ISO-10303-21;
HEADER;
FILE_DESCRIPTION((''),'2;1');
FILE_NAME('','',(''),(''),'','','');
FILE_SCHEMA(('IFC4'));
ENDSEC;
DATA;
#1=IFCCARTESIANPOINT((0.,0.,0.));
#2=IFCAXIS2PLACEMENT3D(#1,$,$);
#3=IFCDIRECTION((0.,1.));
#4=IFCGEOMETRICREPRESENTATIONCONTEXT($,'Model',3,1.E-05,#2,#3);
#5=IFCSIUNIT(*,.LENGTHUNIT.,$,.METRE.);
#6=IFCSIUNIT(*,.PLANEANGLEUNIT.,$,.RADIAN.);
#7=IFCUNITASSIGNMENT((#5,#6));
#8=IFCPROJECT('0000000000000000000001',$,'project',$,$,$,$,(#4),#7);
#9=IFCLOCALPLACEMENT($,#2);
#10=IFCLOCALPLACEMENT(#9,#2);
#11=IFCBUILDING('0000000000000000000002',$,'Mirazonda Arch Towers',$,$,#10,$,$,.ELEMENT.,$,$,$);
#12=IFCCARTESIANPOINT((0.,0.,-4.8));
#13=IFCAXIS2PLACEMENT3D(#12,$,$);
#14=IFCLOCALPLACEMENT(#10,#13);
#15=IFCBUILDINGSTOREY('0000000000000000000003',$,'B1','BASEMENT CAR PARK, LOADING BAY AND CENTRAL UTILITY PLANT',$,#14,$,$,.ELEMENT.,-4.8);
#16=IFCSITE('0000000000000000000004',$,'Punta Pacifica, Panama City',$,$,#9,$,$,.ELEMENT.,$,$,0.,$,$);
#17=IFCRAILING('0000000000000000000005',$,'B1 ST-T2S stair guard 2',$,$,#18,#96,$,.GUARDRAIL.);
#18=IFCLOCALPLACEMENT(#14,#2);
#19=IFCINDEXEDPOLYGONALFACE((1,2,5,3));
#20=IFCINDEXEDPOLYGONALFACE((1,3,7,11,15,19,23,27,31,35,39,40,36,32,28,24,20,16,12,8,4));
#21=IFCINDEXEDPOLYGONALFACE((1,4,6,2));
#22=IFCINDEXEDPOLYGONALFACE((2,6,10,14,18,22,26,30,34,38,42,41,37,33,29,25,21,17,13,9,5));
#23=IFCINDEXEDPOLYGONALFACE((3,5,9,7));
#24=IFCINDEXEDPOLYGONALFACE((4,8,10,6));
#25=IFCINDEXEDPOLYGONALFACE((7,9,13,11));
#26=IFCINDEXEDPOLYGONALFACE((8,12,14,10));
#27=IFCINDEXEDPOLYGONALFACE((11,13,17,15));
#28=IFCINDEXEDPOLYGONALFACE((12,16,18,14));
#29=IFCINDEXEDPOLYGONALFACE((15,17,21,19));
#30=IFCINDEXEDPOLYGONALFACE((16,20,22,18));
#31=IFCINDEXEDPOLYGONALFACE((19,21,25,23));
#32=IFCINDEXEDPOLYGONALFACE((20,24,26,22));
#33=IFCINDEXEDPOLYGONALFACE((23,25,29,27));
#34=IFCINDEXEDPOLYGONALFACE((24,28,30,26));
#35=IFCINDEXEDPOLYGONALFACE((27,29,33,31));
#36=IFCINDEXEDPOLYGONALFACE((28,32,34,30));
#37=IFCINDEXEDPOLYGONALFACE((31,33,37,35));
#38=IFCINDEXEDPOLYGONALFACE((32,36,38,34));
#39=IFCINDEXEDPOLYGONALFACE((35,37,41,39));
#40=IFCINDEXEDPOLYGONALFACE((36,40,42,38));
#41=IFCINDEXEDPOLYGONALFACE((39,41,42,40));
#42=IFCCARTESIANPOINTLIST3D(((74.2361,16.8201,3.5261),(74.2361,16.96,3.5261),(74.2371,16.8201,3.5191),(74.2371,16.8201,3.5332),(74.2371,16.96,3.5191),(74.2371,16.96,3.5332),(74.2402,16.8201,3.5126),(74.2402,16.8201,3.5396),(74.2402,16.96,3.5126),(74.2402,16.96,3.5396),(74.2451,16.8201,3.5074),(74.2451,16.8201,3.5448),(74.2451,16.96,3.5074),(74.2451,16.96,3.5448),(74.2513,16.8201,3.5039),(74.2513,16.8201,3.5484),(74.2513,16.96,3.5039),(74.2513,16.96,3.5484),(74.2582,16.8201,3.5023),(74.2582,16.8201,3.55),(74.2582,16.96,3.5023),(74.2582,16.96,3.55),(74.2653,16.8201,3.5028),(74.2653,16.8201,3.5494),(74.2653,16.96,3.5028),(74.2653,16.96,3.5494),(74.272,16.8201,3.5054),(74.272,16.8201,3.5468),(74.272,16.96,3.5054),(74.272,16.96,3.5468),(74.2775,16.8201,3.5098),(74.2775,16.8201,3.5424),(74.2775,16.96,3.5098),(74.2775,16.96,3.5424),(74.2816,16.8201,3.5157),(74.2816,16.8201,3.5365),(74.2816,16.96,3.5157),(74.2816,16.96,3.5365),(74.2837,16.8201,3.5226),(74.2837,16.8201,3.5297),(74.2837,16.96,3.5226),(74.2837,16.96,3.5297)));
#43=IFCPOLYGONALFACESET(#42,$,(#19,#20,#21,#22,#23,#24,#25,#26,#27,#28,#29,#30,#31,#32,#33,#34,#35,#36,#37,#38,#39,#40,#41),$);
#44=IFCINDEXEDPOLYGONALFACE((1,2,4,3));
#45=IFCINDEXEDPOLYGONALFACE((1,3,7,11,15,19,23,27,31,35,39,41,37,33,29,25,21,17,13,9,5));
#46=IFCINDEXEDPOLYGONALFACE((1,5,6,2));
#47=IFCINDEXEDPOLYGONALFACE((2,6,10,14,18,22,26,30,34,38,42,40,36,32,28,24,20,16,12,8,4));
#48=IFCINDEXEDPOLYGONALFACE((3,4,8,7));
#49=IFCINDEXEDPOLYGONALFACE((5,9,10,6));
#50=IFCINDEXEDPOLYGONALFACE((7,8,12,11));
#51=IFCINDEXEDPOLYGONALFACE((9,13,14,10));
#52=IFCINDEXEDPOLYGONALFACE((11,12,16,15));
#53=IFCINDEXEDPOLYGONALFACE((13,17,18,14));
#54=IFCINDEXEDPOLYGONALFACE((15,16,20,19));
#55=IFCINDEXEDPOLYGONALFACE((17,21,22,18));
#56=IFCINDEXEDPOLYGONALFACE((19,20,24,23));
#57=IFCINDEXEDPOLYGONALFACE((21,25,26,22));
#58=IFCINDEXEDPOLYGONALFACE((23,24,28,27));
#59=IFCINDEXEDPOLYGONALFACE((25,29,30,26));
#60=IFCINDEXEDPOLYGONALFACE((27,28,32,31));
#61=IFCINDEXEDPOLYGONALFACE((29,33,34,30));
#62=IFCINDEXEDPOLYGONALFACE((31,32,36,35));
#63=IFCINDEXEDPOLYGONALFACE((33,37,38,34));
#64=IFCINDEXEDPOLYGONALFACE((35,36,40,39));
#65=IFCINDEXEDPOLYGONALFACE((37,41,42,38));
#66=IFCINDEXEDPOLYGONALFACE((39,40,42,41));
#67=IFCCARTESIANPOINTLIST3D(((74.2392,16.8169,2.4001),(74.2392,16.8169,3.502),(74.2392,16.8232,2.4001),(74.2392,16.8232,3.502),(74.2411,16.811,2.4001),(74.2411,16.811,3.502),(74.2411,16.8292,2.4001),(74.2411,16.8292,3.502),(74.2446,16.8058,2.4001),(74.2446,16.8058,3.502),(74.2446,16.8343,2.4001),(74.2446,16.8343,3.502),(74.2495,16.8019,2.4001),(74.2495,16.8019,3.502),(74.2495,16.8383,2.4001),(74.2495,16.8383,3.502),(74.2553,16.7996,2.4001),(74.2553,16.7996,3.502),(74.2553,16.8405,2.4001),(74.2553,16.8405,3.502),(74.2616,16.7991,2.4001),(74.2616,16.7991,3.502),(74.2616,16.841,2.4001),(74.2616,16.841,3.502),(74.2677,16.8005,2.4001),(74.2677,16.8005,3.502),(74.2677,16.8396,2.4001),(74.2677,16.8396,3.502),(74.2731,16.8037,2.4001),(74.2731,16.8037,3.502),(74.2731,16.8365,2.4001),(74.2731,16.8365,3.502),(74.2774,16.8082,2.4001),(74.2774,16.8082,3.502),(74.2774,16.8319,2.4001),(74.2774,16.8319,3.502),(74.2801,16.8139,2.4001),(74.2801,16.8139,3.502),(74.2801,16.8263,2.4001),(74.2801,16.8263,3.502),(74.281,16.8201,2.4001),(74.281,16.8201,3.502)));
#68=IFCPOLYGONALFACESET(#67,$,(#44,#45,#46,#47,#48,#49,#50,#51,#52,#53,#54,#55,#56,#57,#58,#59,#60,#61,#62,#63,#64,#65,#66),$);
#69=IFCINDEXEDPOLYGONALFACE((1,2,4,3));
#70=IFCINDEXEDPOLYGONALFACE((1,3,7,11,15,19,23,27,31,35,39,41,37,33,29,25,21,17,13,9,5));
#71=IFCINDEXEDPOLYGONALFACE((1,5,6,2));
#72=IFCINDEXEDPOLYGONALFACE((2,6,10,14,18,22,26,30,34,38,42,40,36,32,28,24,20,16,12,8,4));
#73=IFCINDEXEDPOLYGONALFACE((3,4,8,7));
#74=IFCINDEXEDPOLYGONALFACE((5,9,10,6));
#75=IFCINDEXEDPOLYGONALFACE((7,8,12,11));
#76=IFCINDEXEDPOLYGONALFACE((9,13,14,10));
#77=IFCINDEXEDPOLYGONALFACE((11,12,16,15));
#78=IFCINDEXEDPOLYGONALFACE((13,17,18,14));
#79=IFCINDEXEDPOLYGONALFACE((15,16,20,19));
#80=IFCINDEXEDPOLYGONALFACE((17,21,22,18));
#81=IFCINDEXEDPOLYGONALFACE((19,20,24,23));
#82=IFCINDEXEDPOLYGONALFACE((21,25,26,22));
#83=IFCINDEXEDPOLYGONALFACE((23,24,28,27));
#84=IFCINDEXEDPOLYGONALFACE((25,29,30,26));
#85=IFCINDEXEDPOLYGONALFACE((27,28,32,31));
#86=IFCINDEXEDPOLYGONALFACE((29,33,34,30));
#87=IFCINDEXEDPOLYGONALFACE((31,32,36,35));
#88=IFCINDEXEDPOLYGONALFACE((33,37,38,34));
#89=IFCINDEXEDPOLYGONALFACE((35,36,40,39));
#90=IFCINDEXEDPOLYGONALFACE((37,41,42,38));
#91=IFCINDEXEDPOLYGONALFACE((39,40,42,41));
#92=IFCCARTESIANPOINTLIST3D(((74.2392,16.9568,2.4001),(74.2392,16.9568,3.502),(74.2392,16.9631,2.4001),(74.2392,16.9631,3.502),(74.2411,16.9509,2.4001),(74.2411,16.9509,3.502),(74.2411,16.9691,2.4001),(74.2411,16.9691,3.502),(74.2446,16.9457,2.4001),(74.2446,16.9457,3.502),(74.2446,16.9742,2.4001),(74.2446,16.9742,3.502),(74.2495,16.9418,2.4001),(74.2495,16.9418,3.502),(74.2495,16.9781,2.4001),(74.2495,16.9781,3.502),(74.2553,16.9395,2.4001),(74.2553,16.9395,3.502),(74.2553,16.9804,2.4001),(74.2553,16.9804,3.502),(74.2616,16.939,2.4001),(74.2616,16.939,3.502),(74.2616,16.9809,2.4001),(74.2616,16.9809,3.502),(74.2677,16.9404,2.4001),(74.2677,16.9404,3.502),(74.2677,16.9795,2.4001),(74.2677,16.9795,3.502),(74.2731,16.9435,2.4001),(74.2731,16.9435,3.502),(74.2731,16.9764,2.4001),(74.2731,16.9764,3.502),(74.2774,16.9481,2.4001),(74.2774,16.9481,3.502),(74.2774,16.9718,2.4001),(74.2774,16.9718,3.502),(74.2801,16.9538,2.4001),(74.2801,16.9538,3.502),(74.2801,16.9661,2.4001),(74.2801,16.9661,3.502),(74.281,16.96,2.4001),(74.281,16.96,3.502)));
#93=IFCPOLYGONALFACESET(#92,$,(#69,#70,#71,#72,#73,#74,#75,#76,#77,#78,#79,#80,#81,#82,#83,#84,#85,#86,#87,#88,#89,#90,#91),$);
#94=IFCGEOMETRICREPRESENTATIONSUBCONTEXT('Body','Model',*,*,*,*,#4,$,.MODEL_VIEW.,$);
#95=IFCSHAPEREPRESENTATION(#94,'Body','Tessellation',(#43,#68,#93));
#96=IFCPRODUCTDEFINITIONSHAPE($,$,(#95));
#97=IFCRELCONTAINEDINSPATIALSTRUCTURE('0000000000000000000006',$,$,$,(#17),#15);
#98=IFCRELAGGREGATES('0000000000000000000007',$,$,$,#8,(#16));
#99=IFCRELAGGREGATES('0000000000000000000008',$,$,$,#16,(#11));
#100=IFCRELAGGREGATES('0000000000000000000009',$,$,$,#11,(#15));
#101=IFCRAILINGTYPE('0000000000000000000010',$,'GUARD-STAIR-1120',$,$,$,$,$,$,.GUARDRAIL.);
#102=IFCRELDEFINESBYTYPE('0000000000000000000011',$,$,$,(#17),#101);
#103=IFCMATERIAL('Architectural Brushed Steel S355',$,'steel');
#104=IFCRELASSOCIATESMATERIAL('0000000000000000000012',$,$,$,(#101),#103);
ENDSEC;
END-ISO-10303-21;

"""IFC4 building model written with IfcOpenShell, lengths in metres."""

from ifc_helpers import new_model, si_unit, direction, frame, origin, origin_2d, place, context, subcontext, project, spatial, circle, extrude, material, type_object, element, save


model = new_model("IFC4")

# Units and contexts
model_context = context("Model", 3, precision=1e-05, world=origin(), true_north=direction((0.0, 1.0)))
body_context = subcontext(model_context, "Body", "Model", "MODEL_VIEW")
ifc_project = project(units=[si_unit("LENGTHUNIT", "METRE"), si_unit("PLANEANGLEUNIT", "RADIAN")], contexts=[model_context])

# Site, building, storey
site_placement = place(None, origin())
site = spatial("IfcSite", under=ifc_project, at=site_placement, Name="Punta Pacifica, Panama City", CompositionType="ELEMENT", RefElevation=0.0)
building_placement = place(site_placement, origin())
building = spatial("IfcBuilding", under=site, at=building_placement, Name="Mirazonda Arch Towers", CompositionType="ELEMENT")
storey_placement = place(building_placement, frame((0.0, 0.0, -4.8)))
storey = spatial("IfcBuildingStorey", under=building, at=storey_placement, Name="B1", Description="BASEMENT CAR PARK, LOADING BAY AND CENTRAL UTILITY PLANT", CompositionType="ELEMENT", Elevation=-4.8)

# Railing
ifc_material_1 = material(Name="Architectural Brushed Steel S355", Category="steel")
railing_type_1 = type_object("IfcRailingType", Name="GUARD-STAIR-1120", PredefinedType="GUARDRAIL", material=ifc_material_1)
railing_1_placement = place(storey_placement, frame((74.26, 16.8201, 2.4001)))
element("IfcRailing", 1, at=railing_1_placement, inside=storey, type_object=railing_type_1, Name="B1 ST-T2S stair guard 2", PredefinedType="GUARDRAIL", context=body_context, shape_type="SweptSolid", body=[
    extrude(circle(Radius=0.0239, at=origin_2d()), frame((0.0, 0.0, 1.126), z_axis=(0.0, 1.0, 0.0), x_axis=(-1.0, 0.0, 0.0)), (0.0, 0.0, 1.0), 0.1399),
    extrude(circle(Radius=0.021, at=origin_2d()), origin(), (0.0, 0.0, 1.0), 1.1018),
    extrude(circle(Radius=0.021, at=origin_2d()), frame((0.0, 0.1399, 0.0)), (0.0, 0.0, 1.0), 1.1018),
])

save(model, "model.ifc")
